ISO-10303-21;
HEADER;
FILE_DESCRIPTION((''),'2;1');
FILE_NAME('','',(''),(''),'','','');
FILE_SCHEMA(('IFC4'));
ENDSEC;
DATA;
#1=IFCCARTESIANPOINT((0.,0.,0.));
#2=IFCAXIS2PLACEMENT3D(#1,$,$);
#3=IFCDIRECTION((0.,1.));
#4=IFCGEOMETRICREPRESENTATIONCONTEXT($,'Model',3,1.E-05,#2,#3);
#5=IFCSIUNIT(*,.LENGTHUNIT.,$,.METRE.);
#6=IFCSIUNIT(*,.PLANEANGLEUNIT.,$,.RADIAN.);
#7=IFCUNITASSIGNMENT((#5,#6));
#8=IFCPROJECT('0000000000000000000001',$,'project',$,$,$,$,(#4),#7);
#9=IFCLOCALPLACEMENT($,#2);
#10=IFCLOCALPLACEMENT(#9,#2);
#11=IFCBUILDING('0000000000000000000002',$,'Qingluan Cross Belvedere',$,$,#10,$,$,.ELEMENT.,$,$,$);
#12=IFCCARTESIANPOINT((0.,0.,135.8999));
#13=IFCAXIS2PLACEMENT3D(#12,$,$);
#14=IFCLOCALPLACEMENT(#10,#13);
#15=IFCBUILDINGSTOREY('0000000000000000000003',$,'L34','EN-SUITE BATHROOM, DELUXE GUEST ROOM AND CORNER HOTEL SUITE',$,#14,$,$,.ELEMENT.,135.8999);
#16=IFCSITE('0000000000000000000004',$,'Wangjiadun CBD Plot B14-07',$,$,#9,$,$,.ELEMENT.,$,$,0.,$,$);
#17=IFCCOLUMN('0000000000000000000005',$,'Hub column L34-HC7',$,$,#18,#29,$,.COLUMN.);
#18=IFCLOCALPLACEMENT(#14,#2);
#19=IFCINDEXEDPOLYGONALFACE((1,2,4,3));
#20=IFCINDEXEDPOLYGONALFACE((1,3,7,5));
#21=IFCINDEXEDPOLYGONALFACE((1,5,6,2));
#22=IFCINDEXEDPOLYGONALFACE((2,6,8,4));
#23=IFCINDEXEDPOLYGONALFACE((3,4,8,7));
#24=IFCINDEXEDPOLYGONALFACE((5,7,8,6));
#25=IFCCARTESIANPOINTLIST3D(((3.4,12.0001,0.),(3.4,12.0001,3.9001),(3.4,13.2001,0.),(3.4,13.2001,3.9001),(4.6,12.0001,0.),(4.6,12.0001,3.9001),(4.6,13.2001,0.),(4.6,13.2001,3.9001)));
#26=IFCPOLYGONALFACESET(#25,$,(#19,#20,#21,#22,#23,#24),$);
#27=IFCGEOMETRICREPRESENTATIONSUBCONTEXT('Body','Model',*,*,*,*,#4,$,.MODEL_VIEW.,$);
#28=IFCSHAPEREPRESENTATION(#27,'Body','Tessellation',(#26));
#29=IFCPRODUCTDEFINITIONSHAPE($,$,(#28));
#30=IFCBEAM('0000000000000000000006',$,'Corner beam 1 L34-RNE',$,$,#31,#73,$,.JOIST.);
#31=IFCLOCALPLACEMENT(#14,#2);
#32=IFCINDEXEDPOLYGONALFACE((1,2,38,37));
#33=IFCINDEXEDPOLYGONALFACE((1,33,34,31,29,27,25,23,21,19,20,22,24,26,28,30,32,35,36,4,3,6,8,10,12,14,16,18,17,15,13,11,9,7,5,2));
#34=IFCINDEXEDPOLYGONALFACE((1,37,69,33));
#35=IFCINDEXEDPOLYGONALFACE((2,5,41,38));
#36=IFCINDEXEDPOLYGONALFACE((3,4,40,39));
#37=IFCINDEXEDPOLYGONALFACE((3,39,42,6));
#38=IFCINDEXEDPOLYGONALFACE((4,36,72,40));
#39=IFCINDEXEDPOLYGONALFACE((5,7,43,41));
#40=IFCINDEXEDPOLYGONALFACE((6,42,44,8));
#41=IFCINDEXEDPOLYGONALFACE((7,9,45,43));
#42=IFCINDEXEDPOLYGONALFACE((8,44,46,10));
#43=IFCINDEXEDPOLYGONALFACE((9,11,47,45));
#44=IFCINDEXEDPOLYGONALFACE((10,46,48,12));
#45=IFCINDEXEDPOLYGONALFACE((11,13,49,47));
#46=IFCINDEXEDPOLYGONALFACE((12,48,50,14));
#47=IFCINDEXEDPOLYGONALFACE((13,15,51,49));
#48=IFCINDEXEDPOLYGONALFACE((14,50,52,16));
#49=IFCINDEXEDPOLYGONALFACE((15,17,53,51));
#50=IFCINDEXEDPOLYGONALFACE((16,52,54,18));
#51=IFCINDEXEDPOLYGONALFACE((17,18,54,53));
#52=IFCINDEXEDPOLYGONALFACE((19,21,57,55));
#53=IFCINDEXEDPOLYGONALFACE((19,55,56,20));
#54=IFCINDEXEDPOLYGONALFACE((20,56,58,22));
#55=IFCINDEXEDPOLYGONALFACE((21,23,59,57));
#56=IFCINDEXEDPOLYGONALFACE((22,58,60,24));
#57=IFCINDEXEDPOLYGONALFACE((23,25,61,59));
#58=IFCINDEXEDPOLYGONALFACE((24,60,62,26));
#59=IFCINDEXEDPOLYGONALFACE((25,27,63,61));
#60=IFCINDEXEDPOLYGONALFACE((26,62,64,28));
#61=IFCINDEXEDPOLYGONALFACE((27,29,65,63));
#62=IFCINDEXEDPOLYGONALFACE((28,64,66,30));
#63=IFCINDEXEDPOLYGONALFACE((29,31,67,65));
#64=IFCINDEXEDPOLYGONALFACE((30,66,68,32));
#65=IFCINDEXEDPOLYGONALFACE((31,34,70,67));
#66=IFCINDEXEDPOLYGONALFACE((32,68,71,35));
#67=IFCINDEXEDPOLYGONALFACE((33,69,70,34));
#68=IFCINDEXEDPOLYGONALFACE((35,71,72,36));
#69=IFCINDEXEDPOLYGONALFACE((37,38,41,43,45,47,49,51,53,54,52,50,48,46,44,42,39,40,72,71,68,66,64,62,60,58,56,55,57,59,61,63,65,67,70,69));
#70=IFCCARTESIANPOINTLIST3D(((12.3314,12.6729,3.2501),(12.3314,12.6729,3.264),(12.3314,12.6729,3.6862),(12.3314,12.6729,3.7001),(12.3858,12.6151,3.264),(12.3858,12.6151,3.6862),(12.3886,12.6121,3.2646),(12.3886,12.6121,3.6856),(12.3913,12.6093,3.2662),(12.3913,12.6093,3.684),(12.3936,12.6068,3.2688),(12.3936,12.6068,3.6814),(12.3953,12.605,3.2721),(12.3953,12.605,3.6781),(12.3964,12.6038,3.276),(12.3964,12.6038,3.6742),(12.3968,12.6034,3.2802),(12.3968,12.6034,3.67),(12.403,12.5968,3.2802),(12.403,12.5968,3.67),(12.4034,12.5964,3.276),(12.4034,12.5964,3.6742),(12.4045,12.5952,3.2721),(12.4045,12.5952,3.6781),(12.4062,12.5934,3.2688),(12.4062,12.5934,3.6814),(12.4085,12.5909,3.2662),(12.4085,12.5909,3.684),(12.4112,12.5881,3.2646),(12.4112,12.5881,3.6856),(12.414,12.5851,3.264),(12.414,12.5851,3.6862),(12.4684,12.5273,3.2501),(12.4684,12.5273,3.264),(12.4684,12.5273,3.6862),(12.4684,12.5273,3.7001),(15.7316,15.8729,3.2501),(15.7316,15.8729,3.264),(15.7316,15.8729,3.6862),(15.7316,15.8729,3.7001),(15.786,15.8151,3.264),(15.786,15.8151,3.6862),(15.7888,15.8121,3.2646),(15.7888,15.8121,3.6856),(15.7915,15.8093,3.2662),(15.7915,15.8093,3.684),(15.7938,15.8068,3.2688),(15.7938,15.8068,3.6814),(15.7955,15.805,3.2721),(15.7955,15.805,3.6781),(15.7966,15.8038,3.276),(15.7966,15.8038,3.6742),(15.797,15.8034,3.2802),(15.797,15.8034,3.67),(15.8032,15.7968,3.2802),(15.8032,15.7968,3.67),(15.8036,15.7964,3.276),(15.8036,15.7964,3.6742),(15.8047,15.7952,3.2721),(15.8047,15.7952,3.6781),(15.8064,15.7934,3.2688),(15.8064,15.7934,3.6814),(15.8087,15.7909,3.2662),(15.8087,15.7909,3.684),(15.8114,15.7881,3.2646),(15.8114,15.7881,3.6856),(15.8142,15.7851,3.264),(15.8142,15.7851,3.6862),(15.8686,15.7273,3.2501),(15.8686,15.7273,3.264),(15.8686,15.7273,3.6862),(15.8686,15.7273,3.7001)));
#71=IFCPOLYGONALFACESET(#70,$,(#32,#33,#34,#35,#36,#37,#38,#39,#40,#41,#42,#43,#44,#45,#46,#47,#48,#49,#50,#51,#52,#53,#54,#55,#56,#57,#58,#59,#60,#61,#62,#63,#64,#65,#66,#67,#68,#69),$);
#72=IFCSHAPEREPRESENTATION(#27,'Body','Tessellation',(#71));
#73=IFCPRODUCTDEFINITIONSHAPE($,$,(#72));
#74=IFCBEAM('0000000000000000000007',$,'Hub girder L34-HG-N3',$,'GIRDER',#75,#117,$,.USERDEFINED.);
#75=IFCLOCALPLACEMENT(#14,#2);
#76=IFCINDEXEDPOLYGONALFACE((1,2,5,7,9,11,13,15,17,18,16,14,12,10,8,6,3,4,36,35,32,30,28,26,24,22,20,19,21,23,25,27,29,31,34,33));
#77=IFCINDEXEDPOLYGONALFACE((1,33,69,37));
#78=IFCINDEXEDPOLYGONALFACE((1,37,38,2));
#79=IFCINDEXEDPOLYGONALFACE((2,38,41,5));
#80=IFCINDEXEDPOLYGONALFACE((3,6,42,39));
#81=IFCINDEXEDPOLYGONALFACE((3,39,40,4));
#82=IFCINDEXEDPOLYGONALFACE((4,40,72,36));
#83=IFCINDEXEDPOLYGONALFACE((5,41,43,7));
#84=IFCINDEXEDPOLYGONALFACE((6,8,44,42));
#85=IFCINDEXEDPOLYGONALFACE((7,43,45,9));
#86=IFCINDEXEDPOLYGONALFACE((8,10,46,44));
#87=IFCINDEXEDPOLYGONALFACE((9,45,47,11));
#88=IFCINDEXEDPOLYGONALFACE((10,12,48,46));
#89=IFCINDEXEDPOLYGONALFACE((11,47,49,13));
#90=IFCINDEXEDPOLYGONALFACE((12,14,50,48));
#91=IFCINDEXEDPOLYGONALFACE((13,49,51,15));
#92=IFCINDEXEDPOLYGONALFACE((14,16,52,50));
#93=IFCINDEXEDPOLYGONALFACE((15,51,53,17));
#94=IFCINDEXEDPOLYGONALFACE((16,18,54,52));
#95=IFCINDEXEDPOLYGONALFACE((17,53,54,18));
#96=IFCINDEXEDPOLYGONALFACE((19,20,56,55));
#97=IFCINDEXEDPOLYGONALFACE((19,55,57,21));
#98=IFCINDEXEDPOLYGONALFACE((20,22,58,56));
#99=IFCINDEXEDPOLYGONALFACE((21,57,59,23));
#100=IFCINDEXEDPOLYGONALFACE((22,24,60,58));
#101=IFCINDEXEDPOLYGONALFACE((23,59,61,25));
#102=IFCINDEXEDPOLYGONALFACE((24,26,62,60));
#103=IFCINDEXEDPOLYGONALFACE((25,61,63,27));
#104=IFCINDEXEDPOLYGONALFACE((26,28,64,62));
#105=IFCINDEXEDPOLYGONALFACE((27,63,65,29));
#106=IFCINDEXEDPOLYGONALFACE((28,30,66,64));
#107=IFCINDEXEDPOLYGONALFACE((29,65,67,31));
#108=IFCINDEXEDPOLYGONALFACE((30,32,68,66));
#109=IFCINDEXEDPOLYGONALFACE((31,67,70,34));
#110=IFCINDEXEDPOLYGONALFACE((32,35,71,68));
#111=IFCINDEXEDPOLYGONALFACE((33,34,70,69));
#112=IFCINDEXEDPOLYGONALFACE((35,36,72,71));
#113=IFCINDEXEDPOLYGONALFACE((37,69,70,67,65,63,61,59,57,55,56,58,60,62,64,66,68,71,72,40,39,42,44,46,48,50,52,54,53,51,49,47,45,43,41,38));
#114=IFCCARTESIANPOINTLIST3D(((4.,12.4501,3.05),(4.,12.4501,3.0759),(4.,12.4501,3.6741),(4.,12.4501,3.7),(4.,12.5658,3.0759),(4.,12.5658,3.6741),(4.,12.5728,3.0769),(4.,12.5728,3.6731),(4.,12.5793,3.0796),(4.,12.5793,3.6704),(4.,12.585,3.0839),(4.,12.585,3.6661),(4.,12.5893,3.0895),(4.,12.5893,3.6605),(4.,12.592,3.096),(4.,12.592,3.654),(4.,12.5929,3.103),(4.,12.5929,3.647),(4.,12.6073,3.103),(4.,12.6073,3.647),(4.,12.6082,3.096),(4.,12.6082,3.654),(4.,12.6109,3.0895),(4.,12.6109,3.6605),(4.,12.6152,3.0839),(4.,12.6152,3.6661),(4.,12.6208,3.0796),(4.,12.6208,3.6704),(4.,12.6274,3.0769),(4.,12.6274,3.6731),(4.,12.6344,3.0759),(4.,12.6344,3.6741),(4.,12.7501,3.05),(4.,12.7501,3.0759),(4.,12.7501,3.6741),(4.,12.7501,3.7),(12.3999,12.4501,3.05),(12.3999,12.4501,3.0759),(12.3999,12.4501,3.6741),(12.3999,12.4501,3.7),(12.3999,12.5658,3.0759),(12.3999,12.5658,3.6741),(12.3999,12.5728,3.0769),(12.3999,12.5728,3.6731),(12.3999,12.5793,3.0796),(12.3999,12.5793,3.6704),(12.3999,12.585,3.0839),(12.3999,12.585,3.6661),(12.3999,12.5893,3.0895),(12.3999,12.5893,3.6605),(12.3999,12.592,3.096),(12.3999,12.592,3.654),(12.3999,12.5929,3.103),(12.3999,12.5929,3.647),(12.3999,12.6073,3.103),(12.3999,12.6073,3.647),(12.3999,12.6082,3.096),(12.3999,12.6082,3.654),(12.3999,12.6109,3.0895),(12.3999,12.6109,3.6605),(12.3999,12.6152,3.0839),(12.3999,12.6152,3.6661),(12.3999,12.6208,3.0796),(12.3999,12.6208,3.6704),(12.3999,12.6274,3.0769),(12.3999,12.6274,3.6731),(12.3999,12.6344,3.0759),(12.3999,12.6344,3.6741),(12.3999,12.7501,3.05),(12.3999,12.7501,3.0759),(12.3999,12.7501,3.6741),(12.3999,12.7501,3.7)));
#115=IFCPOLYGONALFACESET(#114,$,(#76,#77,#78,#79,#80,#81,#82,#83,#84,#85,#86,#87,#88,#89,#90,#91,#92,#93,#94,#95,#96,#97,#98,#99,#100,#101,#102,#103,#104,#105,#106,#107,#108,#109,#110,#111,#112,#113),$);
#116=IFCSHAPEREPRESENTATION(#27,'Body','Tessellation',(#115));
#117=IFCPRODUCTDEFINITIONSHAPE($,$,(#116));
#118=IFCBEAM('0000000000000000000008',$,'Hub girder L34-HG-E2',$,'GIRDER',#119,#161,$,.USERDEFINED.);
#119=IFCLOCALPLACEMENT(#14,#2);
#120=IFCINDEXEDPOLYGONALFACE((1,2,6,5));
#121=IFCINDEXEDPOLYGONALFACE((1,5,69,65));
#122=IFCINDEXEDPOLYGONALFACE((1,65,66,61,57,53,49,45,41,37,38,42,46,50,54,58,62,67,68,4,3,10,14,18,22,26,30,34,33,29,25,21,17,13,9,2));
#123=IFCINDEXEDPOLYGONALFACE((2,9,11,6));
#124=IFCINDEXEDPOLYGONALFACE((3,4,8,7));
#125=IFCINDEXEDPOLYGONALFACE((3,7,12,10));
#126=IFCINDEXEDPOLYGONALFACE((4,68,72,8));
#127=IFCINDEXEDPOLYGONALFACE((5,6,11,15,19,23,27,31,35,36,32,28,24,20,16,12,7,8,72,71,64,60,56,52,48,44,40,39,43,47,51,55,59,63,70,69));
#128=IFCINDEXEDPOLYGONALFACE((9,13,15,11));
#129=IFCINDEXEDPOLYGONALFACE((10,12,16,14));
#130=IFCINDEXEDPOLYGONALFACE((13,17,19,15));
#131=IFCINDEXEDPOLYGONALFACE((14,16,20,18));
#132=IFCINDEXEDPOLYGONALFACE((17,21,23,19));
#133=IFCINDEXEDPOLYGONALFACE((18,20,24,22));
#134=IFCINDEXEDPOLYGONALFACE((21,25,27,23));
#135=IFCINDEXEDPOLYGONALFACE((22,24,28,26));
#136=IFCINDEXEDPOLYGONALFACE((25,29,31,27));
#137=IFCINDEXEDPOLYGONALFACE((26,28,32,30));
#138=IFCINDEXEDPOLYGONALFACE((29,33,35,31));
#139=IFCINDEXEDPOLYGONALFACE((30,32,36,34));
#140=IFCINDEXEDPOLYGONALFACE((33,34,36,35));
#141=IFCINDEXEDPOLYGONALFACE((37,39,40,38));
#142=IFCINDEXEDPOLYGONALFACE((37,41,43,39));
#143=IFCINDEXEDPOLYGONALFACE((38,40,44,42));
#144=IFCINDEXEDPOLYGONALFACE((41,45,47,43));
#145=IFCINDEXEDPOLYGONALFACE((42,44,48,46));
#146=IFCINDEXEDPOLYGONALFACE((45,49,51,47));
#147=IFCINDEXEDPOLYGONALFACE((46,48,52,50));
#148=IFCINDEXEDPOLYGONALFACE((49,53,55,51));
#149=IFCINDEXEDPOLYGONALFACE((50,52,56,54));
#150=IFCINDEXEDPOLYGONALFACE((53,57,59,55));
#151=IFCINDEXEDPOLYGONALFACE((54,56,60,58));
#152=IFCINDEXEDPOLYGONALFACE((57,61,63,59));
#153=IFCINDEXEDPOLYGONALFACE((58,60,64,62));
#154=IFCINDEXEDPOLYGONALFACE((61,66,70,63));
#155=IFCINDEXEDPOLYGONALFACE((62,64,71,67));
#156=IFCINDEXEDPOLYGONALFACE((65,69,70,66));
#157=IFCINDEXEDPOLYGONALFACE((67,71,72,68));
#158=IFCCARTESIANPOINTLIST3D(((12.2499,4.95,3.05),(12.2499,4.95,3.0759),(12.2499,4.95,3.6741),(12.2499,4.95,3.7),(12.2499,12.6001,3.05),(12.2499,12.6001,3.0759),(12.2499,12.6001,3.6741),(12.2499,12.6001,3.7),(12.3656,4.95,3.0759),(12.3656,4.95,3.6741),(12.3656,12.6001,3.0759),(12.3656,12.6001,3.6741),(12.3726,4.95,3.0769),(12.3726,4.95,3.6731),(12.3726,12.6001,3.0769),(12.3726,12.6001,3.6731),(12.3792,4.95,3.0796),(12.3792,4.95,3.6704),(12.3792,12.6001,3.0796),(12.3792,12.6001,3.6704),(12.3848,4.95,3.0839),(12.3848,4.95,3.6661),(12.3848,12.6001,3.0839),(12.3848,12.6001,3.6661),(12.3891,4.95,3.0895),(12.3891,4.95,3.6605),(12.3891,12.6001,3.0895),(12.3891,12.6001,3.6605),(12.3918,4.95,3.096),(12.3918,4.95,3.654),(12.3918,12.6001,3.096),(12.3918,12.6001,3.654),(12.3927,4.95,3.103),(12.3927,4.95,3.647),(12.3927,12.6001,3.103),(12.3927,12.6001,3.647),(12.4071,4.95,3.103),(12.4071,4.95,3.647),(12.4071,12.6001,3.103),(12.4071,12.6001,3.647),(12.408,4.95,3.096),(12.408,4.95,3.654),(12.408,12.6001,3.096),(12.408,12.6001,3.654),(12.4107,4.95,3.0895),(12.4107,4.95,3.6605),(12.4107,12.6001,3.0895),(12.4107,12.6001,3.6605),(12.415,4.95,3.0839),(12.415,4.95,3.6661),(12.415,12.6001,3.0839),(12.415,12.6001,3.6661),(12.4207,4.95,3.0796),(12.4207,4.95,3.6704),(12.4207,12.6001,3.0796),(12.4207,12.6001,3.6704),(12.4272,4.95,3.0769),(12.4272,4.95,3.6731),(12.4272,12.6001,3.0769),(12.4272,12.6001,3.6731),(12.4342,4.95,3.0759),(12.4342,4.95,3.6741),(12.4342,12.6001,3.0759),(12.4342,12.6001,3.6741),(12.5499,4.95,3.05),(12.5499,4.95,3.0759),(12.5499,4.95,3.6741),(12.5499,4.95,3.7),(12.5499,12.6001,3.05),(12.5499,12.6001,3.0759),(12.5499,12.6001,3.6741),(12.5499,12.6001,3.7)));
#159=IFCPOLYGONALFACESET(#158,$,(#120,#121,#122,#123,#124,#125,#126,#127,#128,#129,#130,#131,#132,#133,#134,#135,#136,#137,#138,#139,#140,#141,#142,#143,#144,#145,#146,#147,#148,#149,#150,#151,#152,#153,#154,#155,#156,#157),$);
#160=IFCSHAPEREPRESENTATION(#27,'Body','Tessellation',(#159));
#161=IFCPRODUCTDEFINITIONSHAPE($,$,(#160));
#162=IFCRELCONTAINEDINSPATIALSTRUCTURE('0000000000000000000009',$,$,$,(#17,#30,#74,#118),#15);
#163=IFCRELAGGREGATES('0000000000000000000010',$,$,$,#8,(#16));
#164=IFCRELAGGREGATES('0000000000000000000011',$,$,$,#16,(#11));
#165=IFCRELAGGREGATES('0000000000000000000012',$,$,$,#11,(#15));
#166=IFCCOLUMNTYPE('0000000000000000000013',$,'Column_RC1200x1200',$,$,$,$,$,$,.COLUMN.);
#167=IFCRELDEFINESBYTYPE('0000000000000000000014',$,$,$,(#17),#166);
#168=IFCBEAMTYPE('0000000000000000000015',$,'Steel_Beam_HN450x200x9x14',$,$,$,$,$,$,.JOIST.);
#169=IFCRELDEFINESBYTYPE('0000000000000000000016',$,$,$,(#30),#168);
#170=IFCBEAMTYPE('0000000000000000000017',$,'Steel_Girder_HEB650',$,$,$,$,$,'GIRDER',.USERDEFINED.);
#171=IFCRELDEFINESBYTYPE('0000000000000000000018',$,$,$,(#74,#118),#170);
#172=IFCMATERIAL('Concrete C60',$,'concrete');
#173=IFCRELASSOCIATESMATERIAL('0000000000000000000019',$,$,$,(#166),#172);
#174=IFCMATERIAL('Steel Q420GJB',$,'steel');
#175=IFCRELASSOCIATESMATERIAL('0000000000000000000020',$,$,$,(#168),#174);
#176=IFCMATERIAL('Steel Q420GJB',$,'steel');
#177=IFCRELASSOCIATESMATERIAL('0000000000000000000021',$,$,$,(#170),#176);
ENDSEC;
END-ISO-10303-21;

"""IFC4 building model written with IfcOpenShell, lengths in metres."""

from ifc_helpers import new_model, si_unit, direction, frame, origin, origin_2d, place, context, subcontext, project, spatial, rectangle, i_section, extrude, material, material_profile, profile_set, type_object, element, save


model = new_model("IFC4")

# Units and contexts
model_context = context("Model", 3, precision=1e-05, world=origin(), true_north=direction((0.0, 1.0)))
body_context = subcontext(model_context, "Body", "Model", "MODEL_VIEW")
ifc_project = project(units=[si_unit("LENGTHUNIT", "METRE"), si_unit("PLANEANGLEUNIT", "RADIAN")], contexts=[model_context])

# Site, building, storey
site_placement = place(None, origin())
site = spatial("IfcSite", under=ifc_project, at=site_placement, Name="Wangjiadun CBD Plot B14-07", CompositionType="ELEMENT", RefElevation=0.0)
building_placement = place(site_placement, origin())
building = spatial("IfcBuilding", under=site, at=building_placement, Name="Qingluan Cross Belvedere", CompositionType="ELEMENT")
storey_placement = place(building_placement, frame((0.0, 0.0, 135.8999)))
storey = spatial("IfcBuildingStorey", under=building, at=storey_placement, Name="L34", Description="EN-SUITE BATHROOM, DELUXE GUEST ROOM AND CORNER HOTEL SUITE", CompositionType="ELEMENT", Elevation=135.8999)

# Column
ifc_material_1 = material(Name="Concrete C60", Category="concrete")
ifc_material_profile_1 = material_profile(ifc_material_1, rectangle(XDim=1.2, YDim=1.2, at=origin_2d()), Name="RC1200x1200")
ifc_profile_set_1 = profile_set([ifc_material_profile_1], Name="Concrete C60")
column_type = type_object("IfcColumnType", Name="Column_RC1200x1200", PredefinedType="COLUMN", material=ifc_profile_set_1)
column_placement = place(storey_placement, frame((4.0, 12.6001, 0.0), z_axis=(0.0, 0.0, 1.0), x_axis=(1.0, 0.0, 0.0)))
element("IfcColumn", 1, at=column_placement, inside=storey, type_object=column_type, Name="Hub column L34-HC7", PredefinedType="COLUMN", context=body_context, shape_type="SweptSolid", body=[
    extrude(rectangle(XDim=1.2, YDim=1.2, at=origin_2d()), origin(), (0.0, 0.0, 1.0), 3.9001),
])

# Beams
ifc_material_2 = material(Name="Steel Q420GJB", Category="steel")
ifc_material_profile_2 = material_profile(ifc_material_2, i_section(OverallWidth=0.2, OverallDepth=0.45, WebThickness=0.009, FlangeThickness=0.0139, FilletRadius=0.0161, at=origin_2d()), Name="HN450x200x9x14")
ifc_profile_set_2 = profile_set([ifc_material_profile_2], Name="Steel Q420GJB")
beam_type_1 = type_object("IfcBeamType", Name="Steel_Beam_HN450x200x9x14", PredefinedType="JOIST", material=ifc_profile_set_2)
beam_1_placement = place(storey_placement, frame((12.3999, 12.6001, 3.4751), z_axis=(0.72822, 0.685343, 0.0), x_axis=(-0.685343, 0.72822, 0.0)))
element("IfcBeam", 2, at=beam_1_placement, inside=storey, type_object=beam_type_1, Name="Corner beam 1 L34-RNE", PredefinedType="JOIST", context=body_context, shape_type="SweptSolid", body=[
    extrude(i_section(OverallWidth=0.2, OverallDepth=0.45, WebThickness=0.009, FlangeThickness=0.0139, FilletRadius=0.0161, at=origin_2d()), origin(), (0.0, 0.0, 1.0), 4.6692),
])
ifc_material_3 = material(Name="Steel Q420GJB", Category="steel")
ifc_material_profile_3 = material_profile(ifc_material_3, i_section(OverallWidth=0.3, OverallDepth=0.6499, WebThickness=0.0144, FlangeThickness=0.0259, FilletRadius=0.0271, at=origin_2d()), Name="HEB650")
ifc_profile_set_3 = profile_set([ifc_material_profile_3], Name="Steel Q420GJB")
beam_type_2 = type_object("IfcBeamType", Name="Steel_Girder_HEB650", ElementType="GIRDER", PredefinedType="USERDEFINED", material=ifc_profile_set_3)
beam_2_placement = place(storey_placement, frame((4.0, 12.6001, 3.375), z_axis=(1.0, 0.0, 0.0), x_axis=(0.0, 1.0, 0.0)))
element("IfcBeam", 3, at=beam_2_placement, inside=storey, type_object=beam_type_2, Name="Hub girder L34-HG-N3", ObjectType="GIRDER", PredefinedType="USERDEFINED", context=body_context, shape_type="SweptSolid", body=[
    extrude(i_section(OverallWidth=0.3, OverallDepth=0.6499, WebThickness=0.0144, FlangeThickness=0.0259, FilletRadius=0.0271, at=origin_2d()), origin(), (0.0, 0.0, 1.0), 8.3999),
])
beam_3_placement = place(storey_placement, frame((12.3999, 4.95, 3.375), z_axis=(0.0, 1.0, 0.0), x_axis=(-1.0, 0.0, 0.0)))
element("IfcBeam", 4, at=beam_3_placement, inside=storey, type_object=beam_type_2, Name="Hub girder L34-HG-E2", ObjectType="GIRDER", PredefinedType="USERDEFINED", context=body_context, shape_type="SweptSolid", body=[
    extrude(i_section(OverallWidth=0.3, OverallDepth=0.6499, WebThickness=0.0144, FlangeThickness=0.0259, FilletRadius=0.0271, at=origin_2d()), origin(), (0.0, 0.0, 1.0), 7.6501),
])

save(model, "model.ifc")
